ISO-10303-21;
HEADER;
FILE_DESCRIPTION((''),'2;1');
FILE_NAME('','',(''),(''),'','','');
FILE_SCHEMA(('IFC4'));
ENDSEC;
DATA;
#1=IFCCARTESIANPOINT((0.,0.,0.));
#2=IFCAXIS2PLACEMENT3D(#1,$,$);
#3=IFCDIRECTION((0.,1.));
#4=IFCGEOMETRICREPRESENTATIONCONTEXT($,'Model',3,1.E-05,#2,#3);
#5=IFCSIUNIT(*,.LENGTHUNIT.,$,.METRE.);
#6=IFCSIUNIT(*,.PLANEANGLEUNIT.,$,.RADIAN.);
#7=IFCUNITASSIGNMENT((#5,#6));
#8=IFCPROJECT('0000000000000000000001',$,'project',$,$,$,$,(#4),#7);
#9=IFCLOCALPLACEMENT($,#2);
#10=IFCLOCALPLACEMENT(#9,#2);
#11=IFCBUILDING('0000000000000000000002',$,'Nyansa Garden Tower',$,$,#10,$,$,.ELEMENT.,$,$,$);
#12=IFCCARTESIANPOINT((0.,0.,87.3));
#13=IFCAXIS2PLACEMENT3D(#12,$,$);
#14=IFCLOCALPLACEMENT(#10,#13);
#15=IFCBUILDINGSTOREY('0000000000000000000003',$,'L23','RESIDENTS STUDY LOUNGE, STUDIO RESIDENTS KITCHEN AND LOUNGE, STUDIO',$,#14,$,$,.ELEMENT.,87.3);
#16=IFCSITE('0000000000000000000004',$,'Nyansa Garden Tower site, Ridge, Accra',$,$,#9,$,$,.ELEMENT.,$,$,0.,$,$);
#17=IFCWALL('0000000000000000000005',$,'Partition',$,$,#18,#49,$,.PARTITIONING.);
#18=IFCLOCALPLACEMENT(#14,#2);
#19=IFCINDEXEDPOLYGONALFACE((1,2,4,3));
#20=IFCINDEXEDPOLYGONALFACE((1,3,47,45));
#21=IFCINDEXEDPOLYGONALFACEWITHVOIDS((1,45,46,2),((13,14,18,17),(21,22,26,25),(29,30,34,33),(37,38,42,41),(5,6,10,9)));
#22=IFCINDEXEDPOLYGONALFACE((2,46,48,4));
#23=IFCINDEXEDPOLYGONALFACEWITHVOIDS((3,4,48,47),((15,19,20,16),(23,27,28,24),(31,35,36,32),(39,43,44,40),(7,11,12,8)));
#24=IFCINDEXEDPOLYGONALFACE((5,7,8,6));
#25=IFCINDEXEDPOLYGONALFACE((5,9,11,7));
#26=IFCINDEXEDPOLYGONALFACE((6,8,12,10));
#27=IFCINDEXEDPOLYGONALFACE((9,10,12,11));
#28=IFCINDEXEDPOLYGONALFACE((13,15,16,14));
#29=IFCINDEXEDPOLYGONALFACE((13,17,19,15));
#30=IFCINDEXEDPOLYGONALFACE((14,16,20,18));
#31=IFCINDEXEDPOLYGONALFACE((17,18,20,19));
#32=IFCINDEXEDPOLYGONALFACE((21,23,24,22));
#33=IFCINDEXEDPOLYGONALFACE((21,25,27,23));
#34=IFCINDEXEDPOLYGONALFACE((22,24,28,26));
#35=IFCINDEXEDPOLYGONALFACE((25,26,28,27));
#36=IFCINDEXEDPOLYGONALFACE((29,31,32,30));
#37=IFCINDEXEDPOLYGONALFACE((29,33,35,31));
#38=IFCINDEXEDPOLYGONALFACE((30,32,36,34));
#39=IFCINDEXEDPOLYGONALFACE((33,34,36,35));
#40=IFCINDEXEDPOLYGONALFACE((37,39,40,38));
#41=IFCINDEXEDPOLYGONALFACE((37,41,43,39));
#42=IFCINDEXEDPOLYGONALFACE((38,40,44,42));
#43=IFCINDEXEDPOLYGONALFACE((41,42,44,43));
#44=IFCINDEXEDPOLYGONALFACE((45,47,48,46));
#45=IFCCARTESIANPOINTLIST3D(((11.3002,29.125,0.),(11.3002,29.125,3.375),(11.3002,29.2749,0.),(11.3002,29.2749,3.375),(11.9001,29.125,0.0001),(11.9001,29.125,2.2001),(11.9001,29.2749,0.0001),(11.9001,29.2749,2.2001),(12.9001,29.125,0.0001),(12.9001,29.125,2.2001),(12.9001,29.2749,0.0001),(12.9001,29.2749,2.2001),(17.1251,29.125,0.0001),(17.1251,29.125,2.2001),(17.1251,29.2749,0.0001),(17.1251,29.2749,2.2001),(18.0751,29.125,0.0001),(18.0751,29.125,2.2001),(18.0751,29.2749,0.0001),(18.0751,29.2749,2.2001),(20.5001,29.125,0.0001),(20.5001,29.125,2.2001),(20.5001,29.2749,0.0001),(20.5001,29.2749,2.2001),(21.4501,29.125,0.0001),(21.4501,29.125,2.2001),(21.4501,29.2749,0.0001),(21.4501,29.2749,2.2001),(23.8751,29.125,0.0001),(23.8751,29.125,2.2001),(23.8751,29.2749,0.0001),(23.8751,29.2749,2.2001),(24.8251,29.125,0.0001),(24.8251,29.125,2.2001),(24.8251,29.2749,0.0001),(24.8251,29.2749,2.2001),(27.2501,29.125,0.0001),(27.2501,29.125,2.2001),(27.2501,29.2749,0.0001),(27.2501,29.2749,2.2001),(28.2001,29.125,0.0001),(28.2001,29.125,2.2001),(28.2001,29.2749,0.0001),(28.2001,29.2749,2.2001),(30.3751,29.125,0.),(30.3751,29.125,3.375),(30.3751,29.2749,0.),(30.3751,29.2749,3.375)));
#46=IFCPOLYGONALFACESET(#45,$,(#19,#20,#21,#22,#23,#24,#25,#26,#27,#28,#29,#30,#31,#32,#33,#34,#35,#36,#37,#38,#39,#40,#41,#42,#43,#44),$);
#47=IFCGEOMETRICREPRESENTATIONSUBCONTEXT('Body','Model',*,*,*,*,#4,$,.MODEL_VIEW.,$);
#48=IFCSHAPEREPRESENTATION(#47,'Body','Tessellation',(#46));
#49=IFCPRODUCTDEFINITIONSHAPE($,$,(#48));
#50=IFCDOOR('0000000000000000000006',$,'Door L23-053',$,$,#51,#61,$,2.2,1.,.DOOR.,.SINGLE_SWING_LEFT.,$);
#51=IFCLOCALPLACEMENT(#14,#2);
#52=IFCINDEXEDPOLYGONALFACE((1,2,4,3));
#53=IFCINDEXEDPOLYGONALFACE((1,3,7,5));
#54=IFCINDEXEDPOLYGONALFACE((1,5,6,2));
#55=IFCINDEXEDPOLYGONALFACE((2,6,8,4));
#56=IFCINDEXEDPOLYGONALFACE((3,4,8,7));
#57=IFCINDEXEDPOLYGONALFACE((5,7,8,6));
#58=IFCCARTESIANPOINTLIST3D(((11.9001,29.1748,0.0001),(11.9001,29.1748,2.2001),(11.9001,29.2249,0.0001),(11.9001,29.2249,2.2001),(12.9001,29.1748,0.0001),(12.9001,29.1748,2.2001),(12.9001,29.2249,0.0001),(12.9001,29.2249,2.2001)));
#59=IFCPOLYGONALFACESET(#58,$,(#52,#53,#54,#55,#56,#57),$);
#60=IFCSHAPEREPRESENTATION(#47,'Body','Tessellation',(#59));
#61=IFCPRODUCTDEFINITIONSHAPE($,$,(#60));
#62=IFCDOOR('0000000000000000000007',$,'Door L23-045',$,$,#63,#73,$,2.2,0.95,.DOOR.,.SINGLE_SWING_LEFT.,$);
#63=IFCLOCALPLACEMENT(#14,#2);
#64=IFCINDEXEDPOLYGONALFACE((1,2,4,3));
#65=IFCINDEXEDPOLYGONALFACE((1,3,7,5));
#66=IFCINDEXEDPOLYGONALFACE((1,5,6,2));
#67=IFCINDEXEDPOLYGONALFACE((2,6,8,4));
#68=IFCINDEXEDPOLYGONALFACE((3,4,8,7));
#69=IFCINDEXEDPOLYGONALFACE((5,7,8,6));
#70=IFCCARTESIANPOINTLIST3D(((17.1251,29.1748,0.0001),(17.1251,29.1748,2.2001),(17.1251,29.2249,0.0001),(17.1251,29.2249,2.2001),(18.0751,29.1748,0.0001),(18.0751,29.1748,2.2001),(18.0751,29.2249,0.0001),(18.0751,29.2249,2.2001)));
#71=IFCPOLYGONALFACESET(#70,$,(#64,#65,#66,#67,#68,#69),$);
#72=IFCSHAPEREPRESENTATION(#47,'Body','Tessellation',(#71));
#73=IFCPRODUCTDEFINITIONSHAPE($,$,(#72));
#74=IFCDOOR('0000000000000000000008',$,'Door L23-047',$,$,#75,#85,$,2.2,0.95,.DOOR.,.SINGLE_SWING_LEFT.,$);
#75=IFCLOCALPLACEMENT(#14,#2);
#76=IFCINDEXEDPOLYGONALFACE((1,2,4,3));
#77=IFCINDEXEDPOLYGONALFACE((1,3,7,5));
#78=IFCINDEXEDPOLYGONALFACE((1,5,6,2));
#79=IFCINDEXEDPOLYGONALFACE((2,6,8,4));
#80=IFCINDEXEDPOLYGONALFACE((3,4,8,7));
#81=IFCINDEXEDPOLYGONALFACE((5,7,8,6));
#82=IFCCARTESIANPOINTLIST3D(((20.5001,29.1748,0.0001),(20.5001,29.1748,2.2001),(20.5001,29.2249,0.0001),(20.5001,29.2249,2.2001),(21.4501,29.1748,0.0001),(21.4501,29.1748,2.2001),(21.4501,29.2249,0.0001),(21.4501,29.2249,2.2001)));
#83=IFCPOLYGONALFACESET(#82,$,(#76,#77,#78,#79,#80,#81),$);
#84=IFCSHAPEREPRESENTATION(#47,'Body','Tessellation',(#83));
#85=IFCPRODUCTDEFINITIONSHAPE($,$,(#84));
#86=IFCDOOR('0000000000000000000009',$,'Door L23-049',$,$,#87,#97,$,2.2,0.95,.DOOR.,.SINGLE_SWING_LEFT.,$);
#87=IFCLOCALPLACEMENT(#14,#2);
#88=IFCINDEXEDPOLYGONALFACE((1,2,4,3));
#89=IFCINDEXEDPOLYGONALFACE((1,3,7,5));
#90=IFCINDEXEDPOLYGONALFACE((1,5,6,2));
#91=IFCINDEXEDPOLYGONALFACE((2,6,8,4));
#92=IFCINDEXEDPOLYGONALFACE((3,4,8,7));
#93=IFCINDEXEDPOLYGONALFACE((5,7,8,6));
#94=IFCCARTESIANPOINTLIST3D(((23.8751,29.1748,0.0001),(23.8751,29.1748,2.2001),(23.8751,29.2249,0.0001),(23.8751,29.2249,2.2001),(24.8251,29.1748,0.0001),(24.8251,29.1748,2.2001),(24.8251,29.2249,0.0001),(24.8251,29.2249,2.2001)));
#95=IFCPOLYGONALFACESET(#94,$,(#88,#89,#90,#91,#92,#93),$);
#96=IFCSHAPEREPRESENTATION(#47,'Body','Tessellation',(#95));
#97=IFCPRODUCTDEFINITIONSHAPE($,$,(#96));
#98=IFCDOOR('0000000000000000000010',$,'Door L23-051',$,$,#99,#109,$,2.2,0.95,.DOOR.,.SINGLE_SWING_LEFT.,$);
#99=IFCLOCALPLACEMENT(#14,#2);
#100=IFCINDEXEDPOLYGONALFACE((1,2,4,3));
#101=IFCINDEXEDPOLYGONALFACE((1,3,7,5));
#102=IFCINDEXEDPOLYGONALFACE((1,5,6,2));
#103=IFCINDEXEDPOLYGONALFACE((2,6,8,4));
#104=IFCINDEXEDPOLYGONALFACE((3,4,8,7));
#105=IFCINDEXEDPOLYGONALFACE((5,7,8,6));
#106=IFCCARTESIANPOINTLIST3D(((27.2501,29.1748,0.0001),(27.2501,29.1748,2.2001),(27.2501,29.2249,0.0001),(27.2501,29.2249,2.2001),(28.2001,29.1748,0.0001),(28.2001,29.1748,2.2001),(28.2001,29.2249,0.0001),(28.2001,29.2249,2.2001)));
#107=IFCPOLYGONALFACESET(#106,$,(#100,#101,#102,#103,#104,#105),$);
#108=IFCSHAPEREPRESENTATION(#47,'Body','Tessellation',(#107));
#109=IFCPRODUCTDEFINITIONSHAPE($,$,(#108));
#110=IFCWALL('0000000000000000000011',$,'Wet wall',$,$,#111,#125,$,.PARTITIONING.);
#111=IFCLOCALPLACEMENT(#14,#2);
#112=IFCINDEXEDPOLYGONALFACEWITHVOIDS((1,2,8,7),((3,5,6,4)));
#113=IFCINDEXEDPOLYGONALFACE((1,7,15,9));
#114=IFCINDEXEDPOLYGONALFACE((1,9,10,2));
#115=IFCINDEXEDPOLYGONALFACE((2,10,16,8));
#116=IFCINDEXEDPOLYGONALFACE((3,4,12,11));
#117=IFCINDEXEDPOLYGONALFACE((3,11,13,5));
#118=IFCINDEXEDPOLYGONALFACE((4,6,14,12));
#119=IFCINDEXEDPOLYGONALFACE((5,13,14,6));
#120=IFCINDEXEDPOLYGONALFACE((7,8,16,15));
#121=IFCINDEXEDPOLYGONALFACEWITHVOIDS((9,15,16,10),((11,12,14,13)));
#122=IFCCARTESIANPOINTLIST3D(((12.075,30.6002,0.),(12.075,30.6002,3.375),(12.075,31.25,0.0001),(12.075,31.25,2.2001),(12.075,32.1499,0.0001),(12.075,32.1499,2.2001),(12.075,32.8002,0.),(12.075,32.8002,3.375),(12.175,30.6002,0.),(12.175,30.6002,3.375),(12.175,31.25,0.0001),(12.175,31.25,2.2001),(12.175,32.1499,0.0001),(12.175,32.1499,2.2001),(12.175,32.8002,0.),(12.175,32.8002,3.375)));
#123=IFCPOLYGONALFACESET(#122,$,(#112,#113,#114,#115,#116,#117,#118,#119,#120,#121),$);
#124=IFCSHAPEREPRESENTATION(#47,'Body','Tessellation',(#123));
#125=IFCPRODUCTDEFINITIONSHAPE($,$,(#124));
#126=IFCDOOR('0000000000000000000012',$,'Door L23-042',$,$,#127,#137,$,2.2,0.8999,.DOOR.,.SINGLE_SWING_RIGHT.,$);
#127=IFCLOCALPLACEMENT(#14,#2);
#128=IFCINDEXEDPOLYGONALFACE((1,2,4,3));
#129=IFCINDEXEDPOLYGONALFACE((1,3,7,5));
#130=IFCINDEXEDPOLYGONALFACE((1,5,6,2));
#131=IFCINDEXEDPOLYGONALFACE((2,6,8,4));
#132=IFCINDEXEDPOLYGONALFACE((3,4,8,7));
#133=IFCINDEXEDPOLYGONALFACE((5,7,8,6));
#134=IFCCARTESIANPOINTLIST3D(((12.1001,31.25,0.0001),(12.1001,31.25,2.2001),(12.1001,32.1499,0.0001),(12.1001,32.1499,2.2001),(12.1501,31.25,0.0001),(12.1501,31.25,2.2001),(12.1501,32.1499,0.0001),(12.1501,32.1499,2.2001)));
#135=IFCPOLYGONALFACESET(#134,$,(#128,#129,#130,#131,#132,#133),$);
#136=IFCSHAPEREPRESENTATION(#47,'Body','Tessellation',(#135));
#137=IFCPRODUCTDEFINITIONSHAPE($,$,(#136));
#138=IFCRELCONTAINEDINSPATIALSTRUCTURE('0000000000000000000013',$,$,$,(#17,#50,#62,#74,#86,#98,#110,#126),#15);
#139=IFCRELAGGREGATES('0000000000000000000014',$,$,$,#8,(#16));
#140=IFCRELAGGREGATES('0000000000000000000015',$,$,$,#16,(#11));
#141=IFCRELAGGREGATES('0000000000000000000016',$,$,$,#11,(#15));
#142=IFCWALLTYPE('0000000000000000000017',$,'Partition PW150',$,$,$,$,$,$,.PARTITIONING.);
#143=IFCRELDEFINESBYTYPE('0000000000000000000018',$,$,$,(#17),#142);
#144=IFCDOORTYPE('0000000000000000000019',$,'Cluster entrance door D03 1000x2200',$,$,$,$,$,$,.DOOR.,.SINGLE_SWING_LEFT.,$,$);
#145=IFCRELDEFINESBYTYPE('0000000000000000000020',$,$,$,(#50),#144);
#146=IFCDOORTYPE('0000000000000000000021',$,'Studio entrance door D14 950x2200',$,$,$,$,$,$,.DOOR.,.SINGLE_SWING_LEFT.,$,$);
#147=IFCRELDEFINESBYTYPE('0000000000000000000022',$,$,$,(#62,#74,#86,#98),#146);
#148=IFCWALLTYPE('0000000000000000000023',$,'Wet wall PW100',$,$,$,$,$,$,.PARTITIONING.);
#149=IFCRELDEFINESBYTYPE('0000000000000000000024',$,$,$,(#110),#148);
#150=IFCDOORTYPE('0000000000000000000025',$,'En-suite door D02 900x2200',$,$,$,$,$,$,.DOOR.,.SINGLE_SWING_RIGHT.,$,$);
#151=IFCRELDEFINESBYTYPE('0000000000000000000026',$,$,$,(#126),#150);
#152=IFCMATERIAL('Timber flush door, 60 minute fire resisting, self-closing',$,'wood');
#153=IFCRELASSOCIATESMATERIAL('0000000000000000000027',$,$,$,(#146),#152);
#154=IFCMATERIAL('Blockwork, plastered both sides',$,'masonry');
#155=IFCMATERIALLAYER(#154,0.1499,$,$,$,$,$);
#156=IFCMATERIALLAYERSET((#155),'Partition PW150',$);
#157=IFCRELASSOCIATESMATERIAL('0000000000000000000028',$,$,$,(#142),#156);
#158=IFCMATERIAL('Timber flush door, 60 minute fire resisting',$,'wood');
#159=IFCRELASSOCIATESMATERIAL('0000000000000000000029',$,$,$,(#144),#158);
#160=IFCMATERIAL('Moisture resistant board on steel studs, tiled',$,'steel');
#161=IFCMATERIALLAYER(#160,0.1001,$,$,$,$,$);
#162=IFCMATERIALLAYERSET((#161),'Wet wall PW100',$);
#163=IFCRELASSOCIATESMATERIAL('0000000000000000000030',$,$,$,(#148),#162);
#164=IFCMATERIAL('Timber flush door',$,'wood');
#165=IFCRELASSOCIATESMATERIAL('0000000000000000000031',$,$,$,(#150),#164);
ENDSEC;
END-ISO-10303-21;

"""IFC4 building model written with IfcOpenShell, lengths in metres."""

from ifc_helpers import new_model, si_unit, direction, frame, frame_2d, origin, place, context, subcontext, project, spatial, rectangle, extrude, material, layer, layer_set, type_object, element, fill, save


model = new_model("IFC4")

# Units and contexts
model_context = context("Model", 3, precision=1e-05, world=origin(), true_north=direction((0.0, 1.0)))
body_context = subcontext(model_context, "Body", "Model", "MODEL_VIEW")
ifc_project = project(units=[si_unit("LENGTHUNIT", "METRE"), si_unit("PLANEANGLEUNIT", "RADIAN")], contexts=[model_context])

# Site, building, storey
site_placement = place(None, origin())
site = spatial("IfcSite", under=ifc_project, at=site_placement, Name="Nyansa Garden Tower site, Ridge, Accra", CompositionType="ELEMENT", RefElevation=0.0)
building_placement = place(site_placement, origin())
building = spatial("IfcBuilding", under=site, at=building_placement, Name="Nyansa Garden Tower", CompositionType="ELEMENT")
storey_placement = place(building_placement, frame((0.0, 0.0, 87.3)))
storey = spatial("IfcBuildingStorey", under=building, at=storey_placement, Name="L23", Description="RESIDENTS STUDY LOUNGE, STUDIO RESIDENTS KITCHEN AND LOUNGE, STUDIO", CompositionType="ELEMENT", Elevation=87.3)

# Shared definitions
ifc_material_1 = material(Name="Timber flush door, 60 minute fire resisting, self-closing", Category="wood")
door_type_1 = type_object("IfcDoorType", Name="Studio entrance door D14 950x2200", OperationType="SINGLE_SWING_LEFT", PredefinedType="DOOR", material=ifc_material_1)

# Wall, openings, doors
ifc_material_2 = material(Name="Blockwork, plastered both sides", Category="masonry")
ifc_layer_1 = layer(ifc_material_2, 0.1499)
ifc_layer_set_1 = layer_set([ifc_layer_1], Name="Partition PW150")
wall_type_1 = type_object("IfcWallType", Name="Partition PW150", PredefinedType="PARTITIONING", material=ifc_layer_set_1)
wall_1_placement = place(storey_placement, frame((11.3, 29.2, 0.0), z_axis=(0.0, 0.0, 1.0), x_axis=(1.0, 0.0, 0.0)))
wall_1 = element("IfcWall", 1, at=wall_1_placement, inside=storey, type_object=wall_type_1, Name="Partition", PredefinedType="PARTITIONING", context=body_context, shape_type="SweptSolid", body=[
    extrude(rectangle(XDim=19.075, YDim=0.1499, at=frame_2d((9.5376, 0.0))), origin(), (0.0, 0.0, 1.0), 3.375),
])
opening_1_placement = place(wall_1_placement, frame((5.825, 0.0, 0.0)))
opening_1 = element("IfcOpeningElement", 2, at=opening_1_placement, cuts=wall_1, PredefinedType="OPENING", context=body_context, shape_type="SweptSolid", body=[
    extrude(rectangle(XDim=0.95, YDim=2.2, at=frame_2d((0.4751, 1.1001))), frame((0.0, 0.085, 0.0), z_axis=(0.0, -1.0, 0.0), x_axis=(1.0, 0.0, 0.0)), (0.0, 0.0, 1.0), 0.1699),
])
opening_2_placement = place(wall_1_placement, frame((9.2, 0.0, 0.0)))
opening_2 = element("IfcOpeningElement", 3, at=opening_2_placement, cuts=wall_1, PredefinedType="OPENING", context=body_context, shape_type="SweptSolid", body=[
    extrude(rectangle(XDim=0.95, YDim=2.2, at=frame_2d((0.4751, 1.1001))), frame((0.0, 0.085, 0.0), z_axis=(0.0, -1.0, 0.0), x_axis=(1.0, 0.0, 0.0)), (0.0, 0.0, 1.0), 0.1699),
])
opening_3_placement = place(wall_1_placement, frame((12.575, 0.0, 0.0)))
opening_3 = element("IfcOpeningElement", 4, at=opening_3_placement, cuts=wall_1, PredefinedType="OPENING", context=body_context, shape_type="SweptSolid", body=[
    extrude(rectangle(XDim=0.95, YDim=2.2, at=frame_2d((0.4751, 1.1001))), frame((0.0, 0.085, 0.0), z_axis=(0.0, -1.0, 0.0), x_axis=(1.0, 0.0, 0.0)), (0.0, 0.0, 1.0), 0.1699),
])
opening_4_placement = place(wall_1_placement, frame((15.95, 0.0, 0.0)))
opening_4 = element("IfcOpeningElement", 5, at=opening_4_placement, cuts=wall_1, PredefinedType="OPENING", context=body_context, shape_type="SweptSolid", body=[
    extrude(rectangle(XDim=0.95, YDim=2.2, at=frame_2d((0.4751, 1.1001))), frame((0.0, 0.085, 0.0), z_axis=(0.0, -1.0, 0.0), x_axis=(1.0, 0.0, 0.0)), (0.0, 0.0, 1.0), 0.1699),
])
opening_5_placement = place(wall_1_placement, frame((0.6001, 0.0, 0.0)))
opening_5 = element("IfcOpeningElement", 6, at=opening_5_placement, cuts=wall_1, PredefinedType="OPENING", context=body_context, shape_type="SweptSolid", body=[
    extrude(rectangle(XDim=1.0, YDim=2.2, at=frame_2d((0.5, 1.1001))), frame((0.0, 0.085, 0.0), z_axis=(0.0, -1.0, 0.0), x_axis=(1.0, 0.0, 0.0)), (0.0, 0.0, 1.0), 0.1699),
])
ifc_material_3 = material(Name="Timber flush door, 60 minute fire resisting", Category="wood")
door_type_2 = type_object("IfcDoorType", Name="Cluster entrance door D03 1000x2200", OperationType="SINGLE_SWING_LEFT", PredefinedType="DOOR", material=ifc_material_3)
door_1_placement = place(opening_5_placement, origin())
door_1 = element("IfcDoor", 7, at=door_1_placement, inside=storey, type_object=door_type_2, Name="Door L23-053", OperationType="SINGLE_SWING_LEFT", OverallHeight=2.2, OverallWidth=1.0, PredefinedType="DOOR", context=body_context, shape_type="SweptSolid", body=[
    extrude(rectangle(XDim=1.0, YDim=2.2, at=frame_2d((0.5, 1.1001))), frame((0.0, 0.0249, 0.0), z_axis=(0.0, -1.0, 0.0), x_axis=(1.0, 0.0, 0.0)), (0.0, 0.0, 1.0), 0.05),
])
fill(opening_5, door_1)
door_2_placement = place(opening_1_placement, origin())
door_2 = element("IfcDoor", 8, at=door_2_placement, inside=storey, type_object=door_type_1, Name="Door L23-045", OperationType="SINGLE_SWING_LEFT", OverallHeight=2.2, OverallWidth=0.95, PredefinedType="DOOR", context=body_context, shape_type="SweptSolid", body=[
    extrude(rectangle(XDim=0.95, YDim=2.2, at=frame_2d((0.4751, 1.1001))), frame((0.0, 0.0249, 0.0), z_axis=(0.0, -1.0, 0.0), x_axis=(1.0, 0.0, 0.0)), (0.0, 0.0, 1.0), 0.05),
])
fill(opening_1, door_2)
door_3_placement = place(opening_2_placement, origin())
door_3 = element("IfcDoor", 9, at=door_3_placement, inside=storey, type_object=door_type_1, Name="Door L23-047", OperationType="SINGLE_SWING_LEFT", OverallHeight=2.2, OverallWidth=0.95, PredefinedType="DOOR", context=body_context, shape_type="SweptSolid", body=[
    extrude(rectangle(XDim=0.95, YDim=2.2, at=frame_2d((0.4751, 1.1001))), frame((0.0, 0.0249, 0.0), z_axis=(0.0, -1.0, 0.0), x_axis=(1.0, 0.0, 0.0)), (0.0, 0.0, 1.0), 0.05),
])
fill(opening_2, door_3)
door_4_placement = place(opening_3_placement, origin())
door_4 = element("IfcDoor", 10, at=door_4_placement, inside=storey, type_object=door_type_1, Name="Door L23-049", OperationType="SINGLE_SWING_LEFT", OverallHeight=2.2, OverallWidth=0.95, PredefinedType="DOOR", context=body_context, shape_type="SweptSolid", body=[
    extrude(rectangle(XDim=0.95, YDim=2.2, at=frame_2d((0.4751, 1.1001))), frame((0.0, 0.0249, 0.0), z_axis=(0.0, -1.0, 0.0), x_axis=(1.0, 0.0, 0.0)), (0.0, 0.0, 1.0), 0.05),
])
fill(opening_3, door_4)
door_5_placement = place(opening_4_placement, origin())
door_5 = element("IfcDoor", 11, at=door_5_placement, inside=storey, type_object=door_type_1, Name="Door L23-051", OperationType="SINGLE_SWING_LEFT", OverallHeight=2.2, OverallWidth=0.95, PredefinedType="DOOR", context=body_context, shape_type="SweptSolid", body=[
    extrude(rectangle(XDim=0.95, YDim=2.2, at=frame_2d((0.4751, 1.1001))), frame((0.0, 0.0249, 0.0), z_axis=(0.0, -1.0, 0.0), x_axis=(1.0, 0.0, 0.0)), (0.0, 0.0, 1.0), 0.05),
])
fill(opening_4, door_5)

# Wall, opening, door
ifc_material_4 = material(Name="Moisture resistant board on steel studs, tiled", Category="steel")
ifc_layer_2 = layer(ifc_material_4, 0.1001)
ifc_layer_set_2 = layer_set([ifc_layer_2], Name="Wet wall PW100")
wall_type_2 = type_object("IfcWallType", Name="Wet wall PW100", PredefinedType="PARTITIONING", material=ifc_layer_set_2)
wall_2_placement = place(storey_placement, frame((12.125, 30.6001, 0.0), z_axis=(0.0, 0.0, 1.0), x_axis=(0.0, 1.0, 0.0)))
wall_2 = element("IfcWall", 12, at=wall_2_placement, inside=storey, type_object=wall_type_2, Name="Wet wall", PredefinedType="PARTITIONING", context=body_context, shape_type="SweptSolid", body=[
    extrude(rectangle(XDim=2.2, YDim=0.1001, at=frame_2d((1.1001, 0.0))), origin(), (0.0, 0.0, 1.0), 3.375),
])
opening_6_placement = place(wall_2_placement, frame((0.6499, 0.0, 0.0)))
opening_6 = element("IfcOpeningElement", 13, at=opening_6_placement, cuts=wall_2, PredefinedType="OPENING", context=body_context, shape_type="SweptSolid", body=[
    extrude(rectangle(XDim=0.8999, YDim=2.2, at=frame_2d((0.45, 1.1001))), frame((0.0, 0.0601, 0.0), z_axis=(0.0, -1.0, 0.0), x_axis=(1.0, 0.0, 0.0)), (0.0, 0.0, 1.0), 0.1201),
])
ifc_material_5 = material(Name="Timber flush door", Category="wood")
door_type_3 = type_object("IfcDoorType", Name="En-suite door D02 900x2200", OperationType="SINGLE_SWING_RIGHT", PredefinedType="DOOR", material=ifc_material_5)
door_6_placement = place(opening_6_placement, origin())
door_6 = element("IfcDoor", 14, at=door_6_placement, inside=storey, type_object=door_type_3, Name="Door L23-042", OperationType="SINGLE_SWING_RIGHT", OverallHeight=2.2, OverallWidth=0.8999, PredefinedType="DOOR", context=body_context, shape_type="SweptSolid", body=[
    extrude(rectangle(XDim=0.8999, YDim=2.2, at=frame_2d((0.45, 1.1001))), frame((0.0, 0.0249, 0.0), z_axis=(0.0, -1.0, 0.0), x_axis=(1.0, 0.0, 0.0)), (0.0, 0.0, 1.0), 0.05),
])
fill(opening_6, door_6)

save(model, "model.ifc")
